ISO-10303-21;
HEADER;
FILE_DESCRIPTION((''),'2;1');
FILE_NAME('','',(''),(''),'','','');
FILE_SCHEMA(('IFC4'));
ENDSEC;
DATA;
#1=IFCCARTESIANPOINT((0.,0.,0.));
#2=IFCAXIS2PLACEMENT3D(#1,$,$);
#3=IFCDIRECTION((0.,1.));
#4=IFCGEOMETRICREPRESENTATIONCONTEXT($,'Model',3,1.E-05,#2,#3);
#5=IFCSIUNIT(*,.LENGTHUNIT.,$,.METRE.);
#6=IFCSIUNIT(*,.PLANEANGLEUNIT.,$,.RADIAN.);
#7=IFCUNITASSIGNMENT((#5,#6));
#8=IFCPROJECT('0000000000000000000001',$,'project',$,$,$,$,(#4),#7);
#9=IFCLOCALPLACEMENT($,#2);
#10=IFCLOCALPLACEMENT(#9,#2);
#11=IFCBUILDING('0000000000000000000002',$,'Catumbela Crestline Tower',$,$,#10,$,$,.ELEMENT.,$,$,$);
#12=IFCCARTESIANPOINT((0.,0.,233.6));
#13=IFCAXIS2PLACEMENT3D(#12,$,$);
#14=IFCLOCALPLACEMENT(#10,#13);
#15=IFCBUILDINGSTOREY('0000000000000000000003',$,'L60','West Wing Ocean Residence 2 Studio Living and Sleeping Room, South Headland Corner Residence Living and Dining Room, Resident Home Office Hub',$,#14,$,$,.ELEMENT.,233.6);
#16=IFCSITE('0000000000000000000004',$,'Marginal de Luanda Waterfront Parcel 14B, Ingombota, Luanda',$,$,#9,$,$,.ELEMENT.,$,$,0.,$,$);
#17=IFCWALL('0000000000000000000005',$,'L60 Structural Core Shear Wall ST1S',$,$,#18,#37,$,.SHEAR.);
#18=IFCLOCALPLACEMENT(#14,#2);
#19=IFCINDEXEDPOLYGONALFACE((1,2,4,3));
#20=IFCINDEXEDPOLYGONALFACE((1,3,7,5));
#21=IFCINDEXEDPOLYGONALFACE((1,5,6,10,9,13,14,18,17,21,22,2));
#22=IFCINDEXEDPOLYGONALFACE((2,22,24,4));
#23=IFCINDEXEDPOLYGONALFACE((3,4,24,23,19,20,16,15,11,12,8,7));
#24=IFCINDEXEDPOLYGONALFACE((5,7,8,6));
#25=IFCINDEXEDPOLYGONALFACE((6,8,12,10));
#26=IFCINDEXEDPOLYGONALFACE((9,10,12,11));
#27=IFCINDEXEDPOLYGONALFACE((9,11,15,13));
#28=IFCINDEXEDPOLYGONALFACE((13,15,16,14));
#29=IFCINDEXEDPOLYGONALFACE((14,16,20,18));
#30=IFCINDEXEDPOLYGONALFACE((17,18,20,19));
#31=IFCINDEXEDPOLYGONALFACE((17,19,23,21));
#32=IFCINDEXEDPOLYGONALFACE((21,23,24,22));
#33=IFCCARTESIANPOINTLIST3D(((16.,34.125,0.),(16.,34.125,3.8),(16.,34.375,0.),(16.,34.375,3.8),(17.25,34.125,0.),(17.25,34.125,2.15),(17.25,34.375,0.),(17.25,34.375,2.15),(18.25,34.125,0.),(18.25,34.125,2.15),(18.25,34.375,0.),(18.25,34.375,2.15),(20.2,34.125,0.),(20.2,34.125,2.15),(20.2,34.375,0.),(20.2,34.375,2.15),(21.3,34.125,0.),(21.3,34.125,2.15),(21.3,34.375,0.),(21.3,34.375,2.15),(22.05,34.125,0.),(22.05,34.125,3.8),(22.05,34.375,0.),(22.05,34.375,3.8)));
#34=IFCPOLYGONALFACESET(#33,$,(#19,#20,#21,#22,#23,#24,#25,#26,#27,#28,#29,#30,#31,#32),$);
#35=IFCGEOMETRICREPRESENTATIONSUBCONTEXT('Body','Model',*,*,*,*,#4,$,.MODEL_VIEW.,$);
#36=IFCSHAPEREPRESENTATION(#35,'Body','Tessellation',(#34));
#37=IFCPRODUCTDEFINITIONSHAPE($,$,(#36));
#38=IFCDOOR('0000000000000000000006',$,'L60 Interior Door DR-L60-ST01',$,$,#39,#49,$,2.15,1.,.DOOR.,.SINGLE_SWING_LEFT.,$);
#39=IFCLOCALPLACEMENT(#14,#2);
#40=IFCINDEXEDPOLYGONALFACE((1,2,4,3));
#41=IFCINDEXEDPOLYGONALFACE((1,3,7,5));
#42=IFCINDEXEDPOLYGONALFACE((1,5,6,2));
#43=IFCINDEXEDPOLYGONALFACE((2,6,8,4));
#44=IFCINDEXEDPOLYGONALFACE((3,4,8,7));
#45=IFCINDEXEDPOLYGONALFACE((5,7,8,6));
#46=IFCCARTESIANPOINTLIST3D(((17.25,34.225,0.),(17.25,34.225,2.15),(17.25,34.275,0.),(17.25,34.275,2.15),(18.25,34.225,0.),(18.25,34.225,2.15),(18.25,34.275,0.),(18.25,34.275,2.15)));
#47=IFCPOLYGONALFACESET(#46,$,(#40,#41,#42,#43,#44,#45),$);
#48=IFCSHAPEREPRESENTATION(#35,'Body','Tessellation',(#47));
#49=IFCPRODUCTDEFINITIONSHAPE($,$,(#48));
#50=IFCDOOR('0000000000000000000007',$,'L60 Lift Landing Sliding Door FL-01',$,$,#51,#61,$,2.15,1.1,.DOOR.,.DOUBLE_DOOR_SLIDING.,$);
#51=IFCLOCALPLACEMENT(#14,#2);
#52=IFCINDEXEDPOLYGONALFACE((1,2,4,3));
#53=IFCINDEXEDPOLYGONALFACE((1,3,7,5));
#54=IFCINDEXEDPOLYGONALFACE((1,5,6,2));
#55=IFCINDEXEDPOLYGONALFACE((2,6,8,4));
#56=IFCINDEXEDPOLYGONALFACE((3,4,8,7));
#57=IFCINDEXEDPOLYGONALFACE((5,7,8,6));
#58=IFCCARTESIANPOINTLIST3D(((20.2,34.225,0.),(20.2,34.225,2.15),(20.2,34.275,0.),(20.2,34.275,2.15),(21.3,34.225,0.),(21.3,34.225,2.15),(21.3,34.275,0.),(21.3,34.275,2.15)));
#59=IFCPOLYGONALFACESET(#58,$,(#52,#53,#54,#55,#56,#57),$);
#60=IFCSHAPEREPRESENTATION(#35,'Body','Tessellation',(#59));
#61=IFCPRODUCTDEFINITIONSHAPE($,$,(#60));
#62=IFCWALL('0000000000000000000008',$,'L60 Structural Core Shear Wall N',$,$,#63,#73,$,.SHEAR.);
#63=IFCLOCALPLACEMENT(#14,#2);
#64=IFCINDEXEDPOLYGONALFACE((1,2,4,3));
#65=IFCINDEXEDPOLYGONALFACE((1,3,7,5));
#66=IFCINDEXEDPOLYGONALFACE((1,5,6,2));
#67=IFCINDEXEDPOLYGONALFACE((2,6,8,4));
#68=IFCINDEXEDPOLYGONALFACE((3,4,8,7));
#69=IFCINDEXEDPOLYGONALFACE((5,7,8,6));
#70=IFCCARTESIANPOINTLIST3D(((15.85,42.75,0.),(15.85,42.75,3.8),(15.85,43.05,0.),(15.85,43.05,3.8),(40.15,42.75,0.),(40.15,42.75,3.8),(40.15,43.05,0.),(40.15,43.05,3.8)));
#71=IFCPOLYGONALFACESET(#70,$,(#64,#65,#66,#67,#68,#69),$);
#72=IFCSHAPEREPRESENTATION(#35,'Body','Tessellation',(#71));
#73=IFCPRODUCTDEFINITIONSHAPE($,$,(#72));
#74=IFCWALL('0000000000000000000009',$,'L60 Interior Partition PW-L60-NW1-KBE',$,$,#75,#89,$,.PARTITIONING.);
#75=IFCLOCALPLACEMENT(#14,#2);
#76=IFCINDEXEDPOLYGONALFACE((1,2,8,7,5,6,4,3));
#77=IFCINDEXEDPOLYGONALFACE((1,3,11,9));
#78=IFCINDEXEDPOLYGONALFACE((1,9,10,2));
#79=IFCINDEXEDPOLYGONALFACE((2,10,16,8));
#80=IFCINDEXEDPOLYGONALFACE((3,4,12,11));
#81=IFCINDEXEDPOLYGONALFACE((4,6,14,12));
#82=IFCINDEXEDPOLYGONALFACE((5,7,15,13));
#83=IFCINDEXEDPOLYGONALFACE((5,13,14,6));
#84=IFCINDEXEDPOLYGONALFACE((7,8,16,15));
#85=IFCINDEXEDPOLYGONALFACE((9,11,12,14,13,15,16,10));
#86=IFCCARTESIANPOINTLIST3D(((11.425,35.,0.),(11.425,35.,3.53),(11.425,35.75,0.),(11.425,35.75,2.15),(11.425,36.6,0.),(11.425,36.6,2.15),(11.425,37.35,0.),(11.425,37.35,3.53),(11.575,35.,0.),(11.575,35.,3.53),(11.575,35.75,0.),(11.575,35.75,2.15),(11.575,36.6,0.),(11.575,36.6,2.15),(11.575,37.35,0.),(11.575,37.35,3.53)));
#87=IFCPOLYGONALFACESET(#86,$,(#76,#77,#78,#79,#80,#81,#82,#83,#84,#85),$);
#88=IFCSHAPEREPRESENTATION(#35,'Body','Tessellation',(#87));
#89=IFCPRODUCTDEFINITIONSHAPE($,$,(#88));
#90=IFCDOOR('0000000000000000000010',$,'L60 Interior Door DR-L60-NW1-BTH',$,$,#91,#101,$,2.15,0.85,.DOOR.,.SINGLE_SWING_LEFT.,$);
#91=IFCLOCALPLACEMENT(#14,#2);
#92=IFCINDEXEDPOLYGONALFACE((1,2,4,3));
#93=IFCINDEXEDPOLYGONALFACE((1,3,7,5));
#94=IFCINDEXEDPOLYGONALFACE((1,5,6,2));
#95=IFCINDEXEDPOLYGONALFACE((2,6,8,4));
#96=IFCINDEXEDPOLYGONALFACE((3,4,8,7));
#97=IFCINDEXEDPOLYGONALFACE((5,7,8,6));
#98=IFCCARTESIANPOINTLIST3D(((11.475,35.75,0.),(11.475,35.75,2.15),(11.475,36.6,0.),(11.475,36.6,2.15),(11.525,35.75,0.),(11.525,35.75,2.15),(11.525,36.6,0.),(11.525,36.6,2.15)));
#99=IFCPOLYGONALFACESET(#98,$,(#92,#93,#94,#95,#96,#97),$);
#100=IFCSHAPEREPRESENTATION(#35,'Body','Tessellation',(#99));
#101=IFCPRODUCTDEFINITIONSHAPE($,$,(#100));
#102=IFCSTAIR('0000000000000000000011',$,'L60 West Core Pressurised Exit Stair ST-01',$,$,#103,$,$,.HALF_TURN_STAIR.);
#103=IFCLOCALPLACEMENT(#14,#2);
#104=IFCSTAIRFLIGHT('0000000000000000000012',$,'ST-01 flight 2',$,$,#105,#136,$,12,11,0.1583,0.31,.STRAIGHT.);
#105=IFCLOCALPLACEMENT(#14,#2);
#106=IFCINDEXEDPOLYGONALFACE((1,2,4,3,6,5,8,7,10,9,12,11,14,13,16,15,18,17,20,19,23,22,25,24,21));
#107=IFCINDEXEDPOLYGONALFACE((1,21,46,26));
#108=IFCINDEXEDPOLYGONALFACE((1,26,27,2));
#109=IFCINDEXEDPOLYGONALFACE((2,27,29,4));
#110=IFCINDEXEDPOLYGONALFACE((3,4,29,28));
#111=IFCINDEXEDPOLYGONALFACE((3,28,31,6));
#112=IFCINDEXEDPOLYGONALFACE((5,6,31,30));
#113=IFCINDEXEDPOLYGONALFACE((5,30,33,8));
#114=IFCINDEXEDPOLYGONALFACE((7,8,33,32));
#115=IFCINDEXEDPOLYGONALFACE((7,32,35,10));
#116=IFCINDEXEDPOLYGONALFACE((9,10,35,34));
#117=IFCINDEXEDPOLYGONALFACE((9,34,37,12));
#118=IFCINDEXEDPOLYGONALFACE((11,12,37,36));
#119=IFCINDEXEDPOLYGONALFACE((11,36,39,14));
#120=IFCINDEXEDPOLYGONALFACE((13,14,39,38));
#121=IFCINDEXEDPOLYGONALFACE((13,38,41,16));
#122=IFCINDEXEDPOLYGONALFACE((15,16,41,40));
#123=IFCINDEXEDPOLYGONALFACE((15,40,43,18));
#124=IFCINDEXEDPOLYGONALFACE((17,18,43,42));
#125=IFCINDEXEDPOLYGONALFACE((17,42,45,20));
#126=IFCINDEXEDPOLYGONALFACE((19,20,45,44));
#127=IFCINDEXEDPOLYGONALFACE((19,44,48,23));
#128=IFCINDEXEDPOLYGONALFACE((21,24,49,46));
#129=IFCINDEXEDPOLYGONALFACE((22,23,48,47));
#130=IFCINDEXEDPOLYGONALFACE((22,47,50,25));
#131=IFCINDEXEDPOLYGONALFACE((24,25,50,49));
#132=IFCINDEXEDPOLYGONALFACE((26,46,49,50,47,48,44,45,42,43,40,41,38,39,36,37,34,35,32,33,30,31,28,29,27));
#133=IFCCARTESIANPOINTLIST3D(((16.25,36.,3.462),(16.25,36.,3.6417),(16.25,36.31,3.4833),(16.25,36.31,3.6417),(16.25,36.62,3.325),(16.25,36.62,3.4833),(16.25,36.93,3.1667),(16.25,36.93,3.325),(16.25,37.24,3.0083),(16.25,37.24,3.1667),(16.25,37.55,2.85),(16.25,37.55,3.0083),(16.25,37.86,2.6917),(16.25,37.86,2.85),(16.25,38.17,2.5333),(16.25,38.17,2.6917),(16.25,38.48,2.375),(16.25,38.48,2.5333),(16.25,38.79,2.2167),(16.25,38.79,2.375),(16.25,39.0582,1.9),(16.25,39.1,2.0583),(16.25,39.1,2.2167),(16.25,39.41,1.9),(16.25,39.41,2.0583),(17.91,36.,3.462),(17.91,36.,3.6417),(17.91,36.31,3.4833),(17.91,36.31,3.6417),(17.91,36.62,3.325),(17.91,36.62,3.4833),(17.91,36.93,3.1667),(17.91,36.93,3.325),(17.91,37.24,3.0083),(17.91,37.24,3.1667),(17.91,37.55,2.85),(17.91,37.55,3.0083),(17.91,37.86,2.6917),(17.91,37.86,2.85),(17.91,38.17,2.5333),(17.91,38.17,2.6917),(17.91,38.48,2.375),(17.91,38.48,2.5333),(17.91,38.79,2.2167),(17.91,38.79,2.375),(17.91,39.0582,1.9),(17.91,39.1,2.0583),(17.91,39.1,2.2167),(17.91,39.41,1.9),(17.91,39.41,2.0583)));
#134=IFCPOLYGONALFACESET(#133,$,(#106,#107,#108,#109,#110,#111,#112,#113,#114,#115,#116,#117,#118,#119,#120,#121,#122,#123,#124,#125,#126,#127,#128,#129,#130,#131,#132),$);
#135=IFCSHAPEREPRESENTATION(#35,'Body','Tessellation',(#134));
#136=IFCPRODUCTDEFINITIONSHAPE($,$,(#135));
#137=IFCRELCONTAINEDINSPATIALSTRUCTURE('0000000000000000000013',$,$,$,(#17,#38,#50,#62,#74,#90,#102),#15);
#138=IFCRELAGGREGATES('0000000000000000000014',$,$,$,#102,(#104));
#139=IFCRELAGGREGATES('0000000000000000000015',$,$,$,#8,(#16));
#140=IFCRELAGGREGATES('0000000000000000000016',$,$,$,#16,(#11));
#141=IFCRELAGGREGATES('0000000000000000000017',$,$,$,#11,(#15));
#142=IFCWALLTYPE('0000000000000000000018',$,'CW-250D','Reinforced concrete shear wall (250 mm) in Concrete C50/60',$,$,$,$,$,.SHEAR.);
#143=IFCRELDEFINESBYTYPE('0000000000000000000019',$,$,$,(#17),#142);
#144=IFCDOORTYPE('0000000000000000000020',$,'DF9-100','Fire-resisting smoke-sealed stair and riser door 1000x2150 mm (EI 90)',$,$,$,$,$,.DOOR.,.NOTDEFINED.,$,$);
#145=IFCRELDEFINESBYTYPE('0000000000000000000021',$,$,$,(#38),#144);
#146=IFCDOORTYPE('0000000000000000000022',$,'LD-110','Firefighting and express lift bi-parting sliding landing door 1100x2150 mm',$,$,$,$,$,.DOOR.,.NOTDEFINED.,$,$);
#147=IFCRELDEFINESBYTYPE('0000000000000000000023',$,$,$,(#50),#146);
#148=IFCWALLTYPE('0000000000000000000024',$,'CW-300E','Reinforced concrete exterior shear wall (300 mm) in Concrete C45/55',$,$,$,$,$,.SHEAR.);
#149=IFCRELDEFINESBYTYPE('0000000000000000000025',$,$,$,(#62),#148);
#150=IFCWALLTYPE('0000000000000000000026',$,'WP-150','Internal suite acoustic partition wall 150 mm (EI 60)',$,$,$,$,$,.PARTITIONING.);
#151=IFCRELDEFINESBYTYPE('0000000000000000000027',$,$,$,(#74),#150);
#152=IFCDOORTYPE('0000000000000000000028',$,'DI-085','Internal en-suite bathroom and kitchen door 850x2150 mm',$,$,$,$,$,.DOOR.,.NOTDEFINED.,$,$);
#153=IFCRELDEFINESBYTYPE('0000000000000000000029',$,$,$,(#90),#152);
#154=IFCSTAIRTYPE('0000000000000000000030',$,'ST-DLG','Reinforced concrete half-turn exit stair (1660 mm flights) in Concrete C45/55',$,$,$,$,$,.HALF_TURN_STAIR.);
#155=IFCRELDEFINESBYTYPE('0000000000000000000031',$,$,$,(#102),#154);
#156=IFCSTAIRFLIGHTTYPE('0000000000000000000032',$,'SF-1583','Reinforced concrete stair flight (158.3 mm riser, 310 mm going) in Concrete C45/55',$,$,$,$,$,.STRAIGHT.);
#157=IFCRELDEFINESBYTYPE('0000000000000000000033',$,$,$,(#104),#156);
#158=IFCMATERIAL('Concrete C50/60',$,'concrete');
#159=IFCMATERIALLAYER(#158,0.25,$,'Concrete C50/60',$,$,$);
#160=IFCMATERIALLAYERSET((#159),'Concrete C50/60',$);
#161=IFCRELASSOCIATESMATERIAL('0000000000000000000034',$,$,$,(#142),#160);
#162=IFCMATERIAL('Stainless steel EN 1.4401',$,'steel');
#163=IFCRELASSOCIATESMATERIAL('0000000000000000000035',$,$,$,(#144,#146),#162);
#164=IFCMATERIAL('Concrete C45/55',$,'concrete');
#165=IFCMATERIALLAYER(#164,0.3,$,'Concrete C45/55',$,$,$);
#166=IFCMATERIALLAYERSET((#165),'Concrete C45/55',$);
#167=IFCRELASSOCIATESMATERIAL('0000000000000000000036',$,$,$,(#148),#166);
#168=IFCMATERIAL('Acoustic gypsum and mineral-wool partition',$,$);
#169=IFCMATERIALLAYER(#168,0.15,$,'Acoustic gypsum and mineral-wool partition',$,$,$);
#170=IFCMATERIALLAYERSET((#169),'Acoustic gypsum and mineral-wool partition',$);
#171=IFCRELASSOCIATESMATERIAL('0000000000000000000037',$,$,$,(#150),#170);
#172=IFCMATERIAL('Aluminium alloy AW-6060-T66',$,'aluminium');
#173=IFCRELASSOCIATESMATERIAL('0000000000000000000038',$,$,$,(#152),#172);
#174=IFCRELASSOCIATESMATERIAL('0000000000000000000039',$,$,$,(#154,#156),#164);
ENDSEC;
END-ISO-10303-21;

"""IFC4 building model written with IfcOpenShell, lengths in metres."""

from ifc_helpers import new_model, si_unit, direction, frame, frame_2d, origin, place, context, subcontext, project, spatial, polyline, rectangle, outline, extrude, material, layer, layer_set, type_object, element, fill, aggregate, save


model = new_model("IFC4")

# Units and contexts
model_context = context("Model", 3, precision=1e-05, world=origin(), true_north=direction((0.0, 1.0)))
body_context = subcontext(model_context, "Body", "Model", "MODEL_VIEW")
ifc_project = project(units=[si_unit("LENGTHUNIT", "METRE"), si_unit("PLANEANGLEUNIT", "RADIAN")], contexts=[model_context])

# Site, building, storey
site_placement = place(None, origin())
site = spatial("IfcSite", under=ifc_project, at=site_placement, Name="Marginal de Luanda Waterfront Parcel 14B, Ingombota, Luanda", CompositionType="ELEMENT", RefElevation=0.0)
building_placement = place(site_placement, origin())
building = spatial("IfcBuilding", under=site, at=building_placement, Name="Catumbela Crestline Tower", CompositionType="ELEMENT")
storey_placement = place(building_placement, frame((0.0, 0.0, 233.6)))
storey = spatial("IfcBuildingStorey", under=building, at=storey_placement, Name="L60", Description="West Wing Ocean Residence 2 Studio Living and Sleeping Room, South Headland Corner Residence Living and Dining Room, Resident Home Office Hub", CompositionType="ELEMENT", Elevation=233.6)

# Shared definitions
ifc_material_1 = material(Name="Aluminium alloy AW-6060-T66", Category="aluminium")

# Wall, openings, doors
ifc_material_2 = material(Name="Concrete C50/60", Category="concrete")
ifc_layer_1 = layer(ifc_material_2, 0.25, Name="Concrete C50/60")
ifc_layer_set_1 = layer_set([ifc_layer_1], Name="Concrete C50/60")
wall_type_1 = type_object("IfcWallType", Name="CW-250D", Description="Reinforced concrete shear wall (250 mm) in Concrete C50/60", PredefinedType="SHEAR", material=ifc_layer_set_1)
wall_1_placement = place(storey_placement, frame((16.0, 34.25, 0.0), z_axis=(0.0, 0.0, 1.0), x_axis=(1.0, 0.0, 0.0)))
wall_1 = element("IfcWall", 1, at=wall_1_placement, inside=storey, type_object=wall_type_1, Name="L60 Structural Core Shear Wall ST1S", PredefinedType="SHEAR", context=body_context, shape_type="SweptSolid", body=[
    extrude(rectangle(XDim=6.05, YDim=0.25, at=frame_2d((3.025, 0.0))), origin(), (0.0, 0.0, 1.0), 3.8),
])
opening_1_placement = place(wall_1_placement, frame((1.25, 0.0, 0.0)))
opening_1 = element("IfcOpeningElement", 2, at=opening_1_placement, cuts=wall_1, PredefinedType="OPENING", context=body_context, shape_type="SweptSolid", body=[
    extrude(rectangle(XDim=1.0, YDim=2.15, at=frame_2d((0.5, 1.075))), frame((0.0, 0.135, 0.0), z_axis=(0.0, -1.0, 0.0), x_axis=(1.0, 0.0, 0.0)), (0.0, 0.0, 1.0), 0.27),
])
opening_2_placement = place(wall_1_placement, frame((4.2, 0.0, 0.0)))
opening_2 = element("IfcOpeningElement", 3, at=opening_2_placement, cuts=wall_1, PredefinedType="OPENING", context=body_context, shape_type="SweptSolid", body=[
    extrude(rectangle(XDim=1.1, YDim=2.15, at=frame_2d((0.55, 1.075))), frame((0.0, 0.135, 0.0), z_axis=(0.0, -1.0, 0.0), x_axis=(1.0, 0.0, 0.0)), (0.0, 0.0, 1.0), 0.27),
])
ifc_material_3 = material(Name="Stainless steel EN 1.4401", Category="steel")
door_type_1 = type_object("IfcDoorType", Name="DF9-100", Description="Fire-resisting smoke-sealed stair and riser door 1000x2150 mm (EI 90)", OperationType="NOTDEFINED", PredefinedType="DOOR", material=ifc_material_3)
door_1_placement = place(opening_1_placement, origin())
door_1 = element("IfcDoor", 4, at=door_1_placement, inside=storey, type_object=door_type_1, Name="L60 Interior Door DR-L60-ST01", OperationType="SINGLE_SWING_LEFT", OverallHeight=2.15, OverallWidth=1.0, PredefinedType="DOOR", context=body_context, shape_type="SweptSolid", body=[
    extrude(rectangle(XDim=1.0, YDim=2.15, at=frame_2d((0.5, 1.075))), frame((0.0, 0.025, 0.0), z_axis=(0.0, -1.0, 0.0), x_axis=(1.0, 0.0, 0.0)), (0.0, 0.0, 1.0), 0.05),
])
fill(opening_1, door_1)
door_type_2 = type_object("IfcDoorType", Name="LD-110", Description="Firefighting and express lift bi-parting sliding landing door 1100x2150 mm", OperationType="NOTDEFINED", PredefinedType="DOOR", material=ifc_material_3)
door_2_placement = place(opening_2_placement, origin())
door_2 = element("IfcDoor", 5, at=door_2_placement, inside=storey, type_object=door_type_2, Name="L60 Lift Landing Sliding Door FL-01", OperationType="DOUBLE_DOOR_SLIDING", OverallHeight=2.15, OverallWidth=1.1, PredefinedType="DOOR", context=body_context, shape_type="SweptSolid", body=[
    extrude(rectangle(XDim=1.1, YDim=2.15, at=frame_2d((0.55, 1.075))), frame((0.0, 0.025, 0.0), z_axis=(0.0, -1.0, 0.0), x_axis=(1.0, 0.0, 0.0)), (0.0, 0.0, 1.0), 0.05),
])
fill(opening_2, door_2)

# Wall
ifc_material_4 = material(Name="Concrete C45/55", Category="concrete")
ifc_layer_2 = layer(ifc_material_4, 0.3, Name="Concrete C45/55")
ifc_layer_set_2 = layer_set([ifc_layer_2], Name="Concrete C45/55")
wall_type_2 = type_object("IfcWallType", Name="CW-300E", Description="Reinforced concrete exterior shear wall (300 mm) in Concrete C45/55", PredefinedType="SHEAR", material=ifc_layer_set_2)
wall_2_placement = place(storey_placement, frame((15.85, 42.9, 0.0), z_axis=(0.0, 0.0, 1.0), x_axis=(1.0, 0.0, 0.0)))
element("IfcWall", 6, at=wall_2_placement, inside=storey, type_object=wall_type_2, Name="L60 Structural Core Shear Wall N", PredefinedType="SHEAR", context=body_context, shape_type="SweptSolid", body=[
    extrude(rectangle(XDim=24.3, YDim=0.3, at=frame_2d((12.15, 0.0))), origin(), (0.0, 0.0, 1.0), 3.8),
])

# Wall, opening, door
ifc_material_5 = material(Name="Acoustic gypsum and mineral-wool partition")
ifc_layer_3 = layer(ifc_material_5, 0.15, Name="Acoustic gypsum and mineral-wool partition")
ifc_layer_set_3 = layer_set([ifc_layer_3], Name="Acoustic gypsum and mineral-wool partition")
wall_type_3 = type_object("IfcWallType", Name="WP-150", Description="Internal suite acoustic partition wall 150 mm (EI 60)", PredefinedType="PARTITIONING", material=ifc_layer_set_3)
wall_3_placement = place(storey_placement, frame((11.5, 35.0, 0.0), z_axis=(0.0, 0.0, 1.0), x_axis=(0.0, 1.0, 0.0)))
wall_3 = element("IfcWall", 7, at=wall_3_placement, inside=storey, type_object=wall_type_3, Name="L60 Interior Partition PW-L60-NW1-KBE", PredefinedType="PARTITIONING", context=body_context, shape_type="SweptSolid", body=[
    extrude(rectangle(XDim=2.35, YDim=0.15, at=frame_2d((1.175, 0.0))), origin(), (0.0, 0.0, 1.0), 3.53),
])
opening_3_placement = place(wall_3_placement, frame((0.75, 0.0, 0.0)))
opening_3 = element("IfcOpeningElement", 8, at=opening_3_placement, cuts=wall_3, PredefinedType="OPENING", context=body_context, shape_type="SweptSolid", body=[
    extrude(rectangle(XDim=0.85, YDim=2.15, at=frame_2d((0.425, 1.075))), frame((0.0, 0.085, 0.0), z_axis=(0.0, -1.0, 0.0), x_axis=(1.0, 0.0, 0.0)), (0.0, 0.0, 1.0), 0.17),
])
door_type_3 = type_object("IfcDoorType", Name="DI-085", Description="Internal en-suite bathroom and kitchen door 850x2150 mm", OperationType="NOTDEFINED", PredefinedType="DOOR", material=ifc_material_1)
door_3_placement = place(opening_3_placement, origin())
door_3 = element("IfcDoor", 9, at=door_3_placement, inside=storey, type_object=door_type_3, Name="L60 Interior Door DR-L60-NW1-BTH", OperationType="SINGLE_SWING_LEFT", OverallHeight=2.15, OverallWidth=0.85, PredefinedType="DOOR", context=body_context, shape_type="SweptSolid", body=[
    extrude(rectangle(XDim=0.85, YDim=2.15, at=frame_2d((0.425, 1.075))), frame((0.0, 0.025, 0.0), z_axis=(0.0, -1.0, 0.0), x_axis=(1.0, 0.0, 0.0)), (0.0, 0.0, 1.0), 0.05),
])
fill(opening_3, door_3)

# Stair, stair flight
stair_type = type_object("IfcStairType", Name="ST-DLG", Description="Reinforced concrete half-turn exit stair (1660 mm flights) in Concrete C45/55", PredefinedType="HALF_TURN_STAIR", material=ifc_material_4)
stair_placement = place(storey_placement, origin())
stair = element("IfcStair", 10, at=stair_placement, inside=storey, type_object=stair_type, Name="L60 West Core Pressurised Exit Stair ST-01", PredefinedType="HALF_TURN_STAIR")
stair_flight_type = type_object("IfcStairFlightType", Name="SF-1583", Description="Reinforced concrete stair flight (158.3 mm riser, 310 mm going) in Concrete C45/55", PredefinedType="STRAIGHT", material=ifc_material_4)
stair_flight_placement = place(storey_placement, frame((17.08, 39.41, 1.9), z_axis=(0.0, 0.0, 1.0), x_axis=(0.0, -1.0, 0.0)))
stair_flight = element("IfcStairFlight", 11, at=stair_flight_placement, type_object=stair_flight_type, Name="ST-01 flight 2", NumberOfRisers=12, NumberOfTreads=11, PredefinedType="STRAIGHT", RiserHeight=0.1583, TreadLength=0.31, context=body_context, shape_type="SweptSolid", body=[
    extrude(outline(polyline([(0.0, 0.0), (0.0, 0.1583), (0.31, 0.1583), (0.31, 0.3167), (0.62, 0.3167), (0.62, 0.475), (0.93, 0.475), (0.93, 0.6333), (1.24, 0.6333), (1.24, 0.7917), (1.55, 0.7917), (1.55, 0.95), (1.86, 0.95), (1.86, 1.1083), (2.17, 1.1083), (2.17, 1.2667), (2.48, 1.2667), (2.48, 1.425), (2.79, 1.425), (2.79, 1.5833), (3.1, 1.5833), (3.1, 1.7417), (3.41, 1.7417), (3.41, 1.9), (3.41, 1.562), (0.3518, 0.0), (0.0, 0.0)])), frame((0.0, 0.83, 0.0), z_axis=(0.0, -1.0, 0.0), x_axis=(1.0, 0.0, 0.0)), (0.0, 0.0, 1.0), 1.66),
])
aggregate(stair, [stair_flight])

save(model, "model.ifc")
